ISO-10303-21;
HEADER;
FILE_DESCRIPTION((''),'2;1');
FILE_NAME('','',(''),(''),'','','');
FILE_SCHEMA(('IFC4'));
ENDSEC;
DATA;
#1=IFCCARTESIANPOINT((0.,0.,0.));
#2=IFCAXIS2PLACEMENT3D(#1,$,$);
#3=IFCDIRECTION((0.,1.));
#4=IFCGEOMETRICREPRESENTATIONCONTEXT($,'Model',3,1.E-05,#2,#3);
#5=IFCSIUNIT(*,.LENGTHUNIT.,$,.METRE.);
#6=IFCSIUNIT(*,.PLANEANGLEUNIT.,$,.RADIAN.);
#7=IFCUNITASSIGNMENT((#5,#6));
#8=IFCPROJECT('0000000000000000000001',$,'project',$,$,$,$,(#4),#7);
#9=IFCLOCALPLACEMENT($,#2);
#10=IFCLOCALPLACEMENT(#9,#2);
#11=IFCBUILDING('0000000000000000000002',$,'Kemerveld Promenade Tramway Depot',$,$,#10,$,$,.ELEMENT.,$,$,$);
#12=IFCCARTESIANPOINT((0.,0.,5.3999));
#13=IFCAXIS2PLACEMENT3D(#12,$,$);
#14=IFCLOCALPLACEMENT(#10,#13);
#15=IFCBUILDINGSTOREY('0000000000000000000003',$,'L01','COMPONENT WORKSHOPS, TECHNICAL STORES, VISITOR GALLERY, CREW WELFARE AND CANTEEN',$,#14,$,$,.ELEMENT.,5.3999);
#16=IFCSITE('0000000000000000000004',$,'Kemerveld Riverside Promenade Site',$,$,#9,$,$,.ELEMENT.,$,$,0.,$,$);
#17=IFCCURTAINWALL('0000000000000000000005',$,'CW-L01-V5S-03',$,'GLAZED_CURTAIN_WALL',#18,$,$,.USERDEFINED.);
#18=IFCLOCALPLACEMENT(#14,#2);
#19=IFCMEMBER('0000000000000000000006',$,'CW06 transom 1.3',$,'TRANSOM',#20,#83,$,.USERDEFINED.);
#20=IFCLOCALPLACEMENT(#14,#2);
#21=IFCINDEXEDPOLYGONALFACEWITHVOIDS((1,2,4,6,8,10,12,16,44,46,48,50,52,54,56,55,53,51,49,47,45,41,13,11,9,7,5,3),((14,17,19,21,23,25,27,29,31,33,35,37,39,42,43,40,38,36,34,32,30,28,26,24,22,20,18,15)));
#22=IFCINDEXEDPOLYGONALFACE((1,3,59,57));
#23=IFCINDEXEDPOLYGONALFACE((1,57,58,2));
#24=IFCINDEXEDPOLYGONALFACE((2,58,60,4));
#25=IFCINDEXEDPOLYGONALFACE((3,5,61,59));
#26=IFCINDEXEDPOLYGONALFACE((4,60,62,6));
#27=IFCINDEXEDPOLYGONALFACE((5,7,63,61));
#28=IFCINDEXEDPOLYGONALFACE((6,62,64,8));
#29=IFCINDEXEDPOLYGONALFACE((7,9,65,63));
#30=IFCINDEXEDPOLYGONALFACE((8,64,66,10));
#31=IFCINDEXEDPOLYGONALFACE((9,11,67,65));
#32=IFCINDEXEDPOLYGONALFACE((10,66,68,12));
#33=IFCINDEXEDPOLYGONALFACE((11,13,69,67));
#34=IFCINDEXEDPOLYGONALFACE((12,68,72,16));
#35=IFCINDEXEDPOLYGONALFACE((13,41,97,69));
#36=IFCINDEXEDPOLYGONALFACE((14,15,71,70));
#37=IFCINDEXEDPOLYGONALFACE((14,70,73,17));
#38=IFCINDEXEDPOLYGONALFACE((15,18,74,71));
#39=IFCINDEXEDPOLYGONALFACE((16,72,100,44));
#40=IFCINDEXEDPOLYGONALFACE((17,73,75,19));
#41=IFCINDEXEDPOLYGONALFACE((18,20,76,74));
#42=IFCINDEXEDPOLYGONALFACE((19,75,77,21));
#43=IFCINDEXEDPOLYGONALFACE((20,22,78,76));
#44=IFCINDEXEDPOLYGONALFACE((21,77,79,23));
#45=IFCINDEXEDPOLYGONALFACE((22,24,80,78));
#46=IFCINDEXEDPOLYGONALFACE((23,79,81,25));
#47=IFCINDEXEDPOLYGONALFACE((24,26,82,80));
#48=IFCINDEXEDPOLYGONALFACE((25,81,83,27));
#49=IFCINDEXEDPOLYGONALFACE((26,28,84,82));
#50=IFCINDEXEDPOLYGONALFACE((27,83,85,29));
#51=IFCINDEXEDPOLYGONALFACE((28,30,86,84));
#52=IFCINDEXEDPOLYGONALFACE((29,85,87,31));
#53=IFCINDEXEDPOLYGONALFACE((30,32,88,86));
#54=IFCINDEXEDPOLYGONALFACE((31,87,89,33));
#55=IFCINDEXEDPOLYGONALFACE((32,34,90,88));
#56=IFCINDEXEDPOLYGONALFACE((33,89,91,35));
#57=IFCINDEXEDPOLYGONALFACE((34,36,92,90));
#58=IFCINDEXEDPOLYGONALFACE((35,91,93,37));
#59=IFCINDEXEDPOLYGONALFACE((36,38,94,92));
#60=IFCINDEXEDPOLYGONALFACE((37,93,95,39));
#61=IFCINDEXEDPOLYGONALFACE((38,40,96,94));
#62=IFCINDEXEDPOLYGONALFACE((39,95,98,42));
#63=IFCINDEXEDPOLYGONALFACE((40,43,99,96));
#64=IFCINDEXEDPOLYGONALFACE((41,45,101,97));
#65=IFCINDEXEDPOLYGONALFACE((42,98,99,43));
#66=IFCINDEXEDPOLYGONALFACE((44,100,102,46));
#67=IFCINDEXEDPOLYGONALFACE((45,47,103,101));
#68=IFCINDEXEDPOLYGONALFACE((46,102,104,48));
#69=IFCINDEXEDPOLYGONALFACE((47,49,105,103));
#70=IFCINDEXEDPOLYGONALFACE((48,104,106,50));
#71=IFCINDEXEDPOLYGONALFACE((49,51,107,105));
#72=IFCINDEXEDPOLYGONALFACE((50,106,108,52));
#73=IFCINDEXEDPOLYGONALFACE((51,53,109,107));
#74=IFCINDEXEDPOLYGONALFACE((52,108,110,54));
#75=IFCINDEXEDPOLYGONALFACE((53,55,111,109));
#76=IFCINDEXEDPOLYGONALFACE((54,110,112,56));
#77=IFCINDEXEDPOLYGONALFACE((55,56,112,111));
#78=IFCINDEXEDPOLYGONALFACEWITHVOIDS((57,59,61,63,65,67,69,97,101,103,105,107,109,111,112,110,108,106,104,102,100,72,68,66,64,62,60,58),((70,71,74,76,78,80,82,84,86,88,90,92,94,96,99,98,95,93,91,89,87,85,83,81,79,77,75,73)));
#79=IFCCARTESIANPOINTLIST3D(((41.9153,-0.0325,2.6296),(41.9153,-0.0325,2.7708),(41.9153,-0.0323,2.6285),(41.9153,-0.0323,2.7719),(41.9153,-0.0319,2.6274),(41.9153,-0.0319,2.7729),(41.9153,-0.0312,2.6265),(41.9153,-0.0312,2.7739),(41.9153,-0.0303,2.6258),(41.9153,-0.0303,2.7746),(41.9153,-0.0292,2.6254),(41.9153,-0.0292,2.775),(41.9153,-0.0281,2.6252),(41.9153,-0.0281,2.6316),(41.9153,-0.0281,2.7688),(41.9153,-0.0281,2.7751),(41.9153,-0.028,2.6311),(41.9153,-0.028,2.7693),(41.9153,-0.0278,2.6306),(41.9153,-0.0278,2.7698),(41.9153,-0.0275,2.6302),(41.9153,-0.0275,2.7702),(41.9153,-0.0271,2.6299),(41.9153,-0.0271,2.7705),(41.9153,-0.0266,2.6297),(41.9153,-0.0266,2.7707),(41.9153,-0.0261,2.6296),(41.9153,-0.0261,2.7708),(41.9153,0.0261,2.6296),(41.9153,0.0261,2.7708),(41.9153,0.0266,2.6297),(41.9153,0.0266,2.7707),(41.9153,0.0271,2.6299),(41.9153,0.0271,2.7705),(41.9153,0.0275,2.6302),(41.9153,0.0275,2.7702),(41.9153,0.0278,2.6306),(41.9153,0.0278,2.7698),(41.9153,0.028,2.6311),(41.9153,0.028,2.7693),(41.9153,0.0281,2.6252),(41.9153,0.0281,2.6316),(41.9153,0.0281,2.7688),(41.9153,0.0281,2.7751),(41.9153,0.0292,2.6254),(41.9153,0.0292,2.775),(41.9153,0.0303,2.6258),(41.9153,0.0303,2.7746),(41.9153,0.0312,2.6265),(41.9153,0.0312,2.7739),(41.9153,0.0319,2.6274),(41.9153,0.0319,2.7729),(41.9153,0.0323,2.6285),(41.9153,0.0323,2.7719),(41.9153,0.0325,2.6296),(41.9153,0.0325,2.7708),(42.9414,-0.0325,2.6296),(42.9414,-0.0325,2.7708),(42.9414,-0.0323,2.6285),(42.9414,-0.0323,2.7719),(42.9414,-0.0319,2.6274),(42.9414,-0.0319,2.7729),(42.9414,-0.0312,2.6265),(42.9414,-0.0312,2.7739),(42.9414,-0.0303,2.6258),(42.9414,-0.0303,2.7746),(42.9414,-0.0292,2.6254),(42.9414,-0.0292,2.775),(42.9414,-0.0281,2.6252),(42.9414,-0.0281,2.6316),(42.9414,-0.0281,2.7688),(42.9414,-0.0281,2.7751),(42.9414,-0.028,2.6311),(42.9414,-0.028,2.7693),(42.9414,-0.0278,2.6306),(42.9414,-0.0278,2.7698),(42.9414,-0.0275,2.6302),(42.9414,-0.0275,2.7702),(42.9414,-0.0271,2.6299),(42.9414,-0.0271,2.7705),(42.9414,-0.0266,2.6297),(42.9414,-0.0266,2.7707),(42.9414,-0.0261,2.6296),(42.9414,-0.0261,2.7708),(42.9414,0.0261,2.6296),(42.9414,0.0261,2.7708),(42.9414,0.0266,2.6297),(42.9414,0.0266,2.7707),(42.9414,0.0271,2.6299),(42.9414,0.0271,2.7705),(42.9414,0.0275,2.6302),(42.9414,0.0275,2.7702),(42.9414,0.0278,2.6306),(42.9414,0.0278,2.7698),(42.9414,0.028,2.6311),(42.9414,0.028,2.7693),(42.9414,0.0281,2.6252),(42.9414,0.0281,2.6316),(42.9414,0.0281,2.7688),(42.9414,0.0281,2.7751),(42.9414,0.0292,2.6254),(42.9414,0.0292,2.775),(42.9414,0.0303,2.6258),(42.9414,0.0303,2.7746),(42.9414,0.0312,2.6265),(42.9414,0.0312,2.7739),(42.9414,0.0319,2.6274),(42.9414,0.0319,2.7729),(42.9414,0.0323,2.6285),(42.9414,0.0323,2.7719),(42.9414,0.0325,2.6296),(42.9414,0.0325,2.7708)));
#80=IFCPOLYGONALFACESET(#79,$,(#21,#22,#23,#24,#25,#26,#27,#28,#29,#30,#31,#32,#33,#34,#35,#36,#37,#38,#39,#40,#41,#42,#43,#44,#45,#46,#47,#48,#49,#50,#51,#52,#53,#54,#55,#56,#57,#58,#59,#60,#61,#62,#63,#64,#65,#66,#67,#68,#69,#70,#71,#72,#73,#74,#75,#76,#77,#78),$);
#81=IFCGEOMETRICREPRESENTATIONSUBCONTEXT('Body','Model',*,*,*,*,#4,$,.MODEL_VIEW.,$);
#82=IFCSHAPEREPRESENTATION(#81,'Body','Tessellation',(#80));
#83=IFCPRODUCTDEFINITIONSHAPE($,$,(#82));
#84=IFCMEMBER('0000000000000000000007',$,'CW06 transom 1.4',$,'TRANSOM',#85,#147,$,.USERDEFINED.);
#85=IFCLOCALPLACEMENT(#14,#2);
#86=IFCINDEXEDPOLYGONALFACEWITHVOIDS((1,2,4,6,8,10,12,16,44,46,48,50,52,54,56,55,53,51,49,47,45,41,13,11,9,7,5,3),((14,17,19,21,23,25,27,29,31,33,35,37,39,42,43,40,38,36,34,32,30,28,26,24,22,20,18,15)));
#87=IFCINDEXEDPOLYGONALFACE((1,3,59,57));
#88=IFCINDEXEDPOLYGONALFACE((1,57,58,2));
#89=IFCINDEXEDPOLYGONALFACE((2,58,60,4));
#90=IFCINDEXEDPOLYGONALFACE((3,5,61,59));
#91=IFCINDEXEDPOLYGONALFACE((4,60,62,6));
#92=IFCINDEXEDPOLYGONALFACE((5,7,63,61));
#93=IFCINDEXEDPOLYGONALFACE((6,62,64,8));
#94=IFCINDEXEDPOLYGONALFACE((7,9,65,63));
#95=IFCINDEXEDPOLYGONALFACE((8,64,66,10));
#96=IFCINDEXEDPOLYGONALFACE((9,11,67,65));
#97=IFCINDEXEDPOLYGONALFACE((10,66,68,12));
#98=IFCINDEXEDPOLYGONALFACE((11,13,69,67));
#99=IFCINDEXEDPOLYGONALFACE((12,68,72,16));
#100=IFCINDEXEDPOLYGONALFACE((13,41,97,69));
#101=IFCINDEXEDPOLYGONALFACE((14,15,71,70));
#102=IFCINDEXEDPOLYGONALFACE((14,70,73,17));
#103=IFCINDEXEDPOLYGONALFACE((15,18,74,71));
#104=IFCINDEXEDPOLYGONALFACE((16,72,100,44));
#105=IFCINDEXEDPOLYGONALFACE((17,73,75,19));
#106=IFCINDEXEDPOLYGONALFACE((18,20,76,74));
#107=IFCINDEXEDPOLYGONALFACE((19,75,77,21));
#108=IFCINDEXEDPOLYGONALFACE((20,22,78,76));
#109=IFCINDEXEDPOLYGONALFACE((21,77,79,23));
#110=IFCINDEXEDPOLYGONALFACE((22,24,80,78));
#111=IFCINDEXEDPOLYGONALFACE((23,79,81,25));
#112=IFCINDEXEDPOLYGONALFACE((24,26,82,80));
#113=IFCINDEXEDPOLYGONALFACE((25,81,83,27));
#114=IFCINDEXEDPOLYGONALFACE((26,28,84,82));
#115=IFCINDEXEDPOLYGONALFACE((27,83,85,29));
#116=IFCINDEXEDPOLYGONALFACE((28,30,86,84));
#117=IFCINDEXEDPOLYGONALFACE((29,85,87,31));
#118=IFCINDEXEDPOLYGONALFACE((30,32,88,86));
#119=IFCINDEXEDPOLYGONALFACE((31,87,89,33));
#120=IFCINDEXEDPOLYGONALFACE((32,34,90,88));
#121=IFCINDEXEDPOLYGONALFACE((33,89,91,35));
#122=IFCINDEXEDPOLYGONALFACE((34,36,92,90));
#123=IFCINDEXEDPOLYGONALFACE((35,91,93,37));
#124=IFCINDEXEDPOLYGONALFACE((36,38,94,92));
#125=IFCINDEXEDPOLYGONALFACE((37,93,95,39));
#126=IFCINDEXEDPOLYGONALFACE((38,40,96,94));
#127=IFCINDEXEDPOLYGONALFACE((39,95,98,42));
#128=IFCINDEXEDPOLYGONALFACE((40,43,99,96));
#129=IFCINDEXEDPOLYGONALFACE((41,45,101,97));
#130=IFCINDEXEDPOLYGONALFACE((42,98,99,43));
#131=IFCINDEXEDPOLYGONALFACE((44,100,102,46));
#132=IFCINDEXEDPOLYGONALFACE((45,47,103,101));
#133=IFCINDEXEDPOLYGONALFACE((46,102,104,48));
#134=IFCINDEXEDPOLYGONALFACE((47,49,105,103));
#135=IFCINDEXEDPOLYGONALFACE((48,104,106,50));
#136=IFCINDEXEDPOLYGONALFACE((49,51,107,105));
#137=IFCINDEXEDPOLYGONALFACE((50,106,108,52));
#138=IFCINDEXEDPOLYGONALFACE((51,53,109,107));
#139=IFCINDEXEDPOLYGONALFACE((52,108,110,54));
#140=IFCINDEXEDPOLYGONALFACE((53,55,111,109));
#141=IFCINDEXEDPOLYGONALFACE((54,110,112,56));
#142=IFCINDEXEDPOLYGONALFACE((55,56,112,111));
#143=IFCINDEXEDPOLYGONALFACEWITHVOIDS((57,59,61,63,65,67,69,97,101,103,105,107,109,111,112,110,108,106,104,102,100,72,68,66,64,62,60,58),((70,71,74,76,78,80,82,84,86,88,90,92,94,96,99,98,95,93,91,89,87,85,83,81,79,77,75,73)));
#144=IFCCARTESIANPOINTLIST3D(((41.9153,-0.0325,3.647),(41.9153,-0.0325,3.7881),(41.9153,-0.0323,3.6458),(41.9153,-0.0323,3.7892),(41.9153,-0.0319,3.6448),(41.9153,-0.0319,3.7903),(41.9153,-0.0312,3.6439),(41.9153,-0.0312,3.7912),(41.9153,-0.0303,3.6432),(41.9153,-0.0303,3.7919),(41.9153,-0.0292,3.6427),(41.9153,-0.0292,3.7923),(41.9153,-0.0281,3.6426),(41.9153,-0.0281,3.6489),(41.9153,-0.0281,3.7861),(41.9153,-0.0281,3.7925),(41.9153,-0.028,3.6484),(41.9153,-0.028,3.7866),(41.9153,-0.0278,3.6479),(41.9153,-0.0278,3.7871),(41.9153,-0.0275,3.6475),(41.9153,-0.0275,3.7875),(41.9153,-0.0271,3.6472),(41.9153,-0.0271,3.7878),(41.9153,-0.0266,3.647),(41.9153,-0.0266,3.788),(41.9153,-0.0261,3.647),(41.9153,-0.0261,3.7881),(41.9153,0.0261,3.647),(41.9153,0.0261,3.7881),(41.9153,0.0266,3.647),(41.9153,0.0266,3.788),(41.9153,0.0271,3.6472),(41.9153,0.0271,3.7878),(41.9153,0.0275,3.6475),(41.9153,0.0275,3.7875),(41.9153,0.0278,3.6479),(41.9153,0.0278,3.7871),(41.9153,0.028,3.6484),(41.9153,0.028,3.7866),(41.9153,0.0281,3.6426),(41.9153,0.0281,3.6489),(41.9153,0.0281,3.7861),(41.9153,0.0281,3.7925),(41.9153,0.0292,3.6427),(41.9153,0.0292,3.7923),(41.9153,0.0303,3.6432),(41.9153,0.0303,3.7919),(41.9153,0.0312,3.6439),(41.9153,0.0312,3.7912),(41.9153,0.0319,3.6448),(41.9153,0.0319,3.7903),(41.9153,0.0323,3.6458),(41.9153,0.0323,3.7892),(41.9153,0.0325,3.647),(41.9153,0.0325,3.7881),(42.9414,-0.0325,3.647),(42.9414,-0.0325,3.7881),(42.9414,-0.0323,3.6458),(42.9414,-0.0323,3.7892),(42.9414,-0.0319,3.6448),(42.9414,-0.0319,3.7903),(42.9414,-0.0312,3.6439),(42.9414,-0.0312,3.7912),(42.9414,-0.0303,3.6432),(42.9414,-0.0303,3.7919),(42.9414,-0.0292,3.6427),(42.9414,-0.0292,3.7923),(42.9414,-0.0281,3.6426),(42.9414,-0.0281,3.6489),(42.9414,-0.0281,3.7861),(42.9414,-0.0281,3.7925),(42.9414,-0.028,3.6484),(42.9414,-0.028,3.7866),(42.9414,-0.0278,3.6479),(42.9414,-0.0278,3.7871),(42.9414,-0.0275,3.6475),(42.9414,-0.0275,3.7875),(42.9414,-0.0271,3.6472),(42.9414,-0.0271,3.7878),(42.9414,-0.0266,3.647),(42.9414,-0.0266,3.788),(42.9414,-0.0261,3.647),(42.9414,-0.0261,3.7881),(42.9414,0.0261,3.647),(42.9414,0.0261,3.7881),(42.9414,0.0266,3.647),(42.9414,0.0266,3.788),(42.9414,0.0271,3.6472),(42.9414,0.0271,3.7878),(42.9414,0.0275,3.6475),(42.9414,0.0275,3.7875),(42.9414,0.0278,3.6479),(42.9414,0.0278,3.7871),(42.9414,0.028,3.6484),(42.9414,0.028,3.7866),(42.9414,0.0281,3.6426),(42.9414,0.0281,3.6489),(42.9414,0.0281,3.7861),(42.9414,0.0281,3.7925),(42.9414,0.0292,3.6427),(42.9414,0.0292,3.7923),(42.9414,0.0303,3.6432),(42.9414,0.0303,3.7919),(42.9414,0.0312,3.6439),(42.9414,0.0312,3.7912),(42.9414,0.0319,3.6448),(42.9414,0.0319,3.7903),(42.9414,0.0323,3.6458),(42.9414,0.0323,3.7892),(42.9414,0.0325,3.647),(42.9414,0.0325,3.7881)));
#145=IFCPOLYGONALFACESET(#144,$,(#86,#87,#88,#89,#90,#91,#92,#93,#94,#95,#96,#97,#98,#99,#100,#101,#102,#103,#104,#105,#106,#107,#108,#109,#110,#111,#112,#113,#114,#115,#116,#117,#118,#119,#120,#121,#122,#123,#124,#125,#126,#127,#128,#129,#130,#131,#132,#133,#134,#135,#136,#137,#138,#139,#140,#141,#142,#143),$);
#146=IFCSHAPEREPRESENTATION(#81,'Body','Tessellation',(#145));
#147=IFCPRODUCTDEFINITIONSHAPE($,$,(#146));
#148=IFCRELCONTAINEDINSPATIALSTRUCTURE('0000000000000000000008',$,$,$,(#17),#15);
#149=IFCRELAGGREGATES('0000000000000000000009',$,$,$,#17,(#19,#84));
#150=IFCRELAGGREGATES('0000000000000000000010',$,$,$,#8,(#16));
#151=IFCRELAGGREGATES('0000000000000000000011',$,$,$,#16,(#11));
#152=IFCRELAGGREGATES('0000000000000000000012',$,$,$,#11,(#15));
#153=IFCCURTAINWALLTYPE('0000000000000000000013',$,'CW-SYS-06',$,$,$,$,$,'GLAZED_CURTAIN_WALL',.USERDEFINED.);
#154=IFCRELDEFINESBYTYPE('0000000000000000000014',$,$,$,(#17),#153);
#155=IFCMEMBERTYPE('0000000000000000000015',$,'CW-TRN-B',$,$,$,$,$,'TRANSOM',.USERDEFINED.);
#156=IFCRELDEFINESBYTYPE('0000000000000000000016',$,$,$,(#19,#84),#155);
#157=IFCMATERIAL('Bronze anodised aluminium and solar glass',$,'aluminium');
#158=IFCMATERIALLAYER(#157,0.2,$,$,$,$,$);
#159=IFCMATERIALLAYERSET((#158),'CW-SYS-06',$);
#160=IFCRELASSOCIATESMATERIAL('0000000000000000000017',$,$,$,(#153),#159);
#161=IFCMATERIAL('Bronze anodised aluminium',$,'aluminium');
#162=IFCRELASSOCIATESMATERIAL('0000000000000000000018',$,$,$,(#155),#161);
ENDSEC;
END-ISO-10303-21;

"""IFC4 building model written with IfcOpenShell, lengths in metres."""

from ifc_helpers import new_model, si_unit, direction, frame, origin, origin_2d, place, context, subcontext, project, spatial, hollow_rectangle, extrude, material, layer, layer_set, material_profile, profile_set, type_object, element, aggregate, save


model = new_model("IFC4")

# Units and contexts
model_context = context("Model", 3, precision=1e-05, world=origin(), true_north=direction((0.0, 1.0)))
body_context = subcontext(model_context, "Body", "Model", "MODEL_VIEW")
ifc_project = project(units=[si_unit("LENGTHUNIT", "METRE"), si_unit("PLANEANGLEUNIT", "RADIAN")], contexts=[model_context])

# Site, building, storey
site_placement = place(None, origin())
site = spatial("IfcSite", under=ifc_project, at=site_placement, Name="Kemerveld Riverside Promenade Site", CompositionType="ELEMENT", RefElevation=0.0)
building_placement = place(site_placement, origin())
building = spatial("IfcBuilding", under=site, at=building_placement, Name="Kemerveld Promenade Tramway Depot", CompositionType="ELEMENT")
storey_placement = place(building_placement, frame((0.0, 0.0, 5.3999)))
storey = spatial("IfcBuildingStorey", under=building, at=storey_placement, Name="L01", Description="COMPONENT WORKSHOPS, TECHNICAL STORES, VISITOR GALLERY, CREW WELFARE AND CANTEEN", CompositionType="ELEMENT", Elevation=5.3999)

# Curtain wall, members
ifc_material_1 = material(Name="Bronze anodised aluminium and solar glass", Category="aluminium")
ifc_layer_1 = layer(ifc_material_1, 0.2)
ifc_layer_set_1 = layer_set([ifc_layer_1], Name="CW-SYS-06")
curtain_wall_type = type_object("IfcCurtainWallType", Name="CW-SYS-06", ElementType="GLAZED_CURTAIN_WALL", PredefinedType="USERDEFINED", material=ifc_layer_set_1)
curtain_wall_placement = place(storey_placement, origin())
curtain_wall = element("IfcCurtainWall", 1, at=curtain_wall_placement, inside=storey, type_object=curtain_wall_type, Name="CW-L01-V5S-03", ObjectType="GLAZED_CURTAIN_WALL", PredefinedType="USERDEFINED")
ifc_material_2 = material(Name="Bronze anodised aluminium", Category="aluminium")
ifc_material_profile_1 = material_profile(ifc_material_2, hollow_rectangle(XDim=0.0649, YDim=0.1499, WallThickness=0.0044, InnerFilletRadius=0.002, OuterFilletRadius=0.0044, at=origin_2d()), Name="CW-TRN-150x65")
ifc_profile_set_1 = profile_set([ifc_material_profile_1], Name="Bronze anodised aluminium")
member_type_1 = type_object("IfcMemberType", Name="CW-TRN-B", ElementType="TRANSOM", PredefinedType="USERDEFINED", material=ifc_profile_set_1)
member_1_placement = place(storey_placement, frame((42.9414, 0.0, 2.7002), z_axis=(-1.0, 0.0, 0.0), x_axis=(0.0, -1.0, 0.0)))
member_1 = element("IfcMember", 2, at=member_1_placement, type_object=member_type_1, Name="CW06 transom 1.3", ObjectType="TRANSOM", PredefinedType="USERDEFINED", context=body_context, shape_type="SweptSolid", body=[
    extrude(hollow_rectangle(XDim=0.0649, YDim=0.1499, WallThickness=0.0044, InnerFilletRadius=0.002, OuterFilletRadius=0.0044, at=origin_2d()), origin(), (0.0, 0.0, 1.0), 1.0261),
])
member_2_placement = place(storey_placement, frame((42.9414, 0.0, 3.7175), z_axis=(-1.0, 0.0, 0.0), x_axis=(0.0, -1.0, 0.0)))
member_2 = element("IfcMember", 3, at=member_2_placement, type_object=member_type_1, Name="CW06 transom 1.4", ObjectType="TRANSOM", PredefinedType="USERDEFINED", context=body_context, shape_type="SweptSolid", body=[
    extrude(hollow_rectangle(XDim=0.0649, YDim=0.1499, WallThickness=0.0044, InnerFilletRadius=0.002, OuterFilletRadius=0.0044, at=origin_2d()), origin(), (0.0, 0.0, 1.0), 1.0261),
])
aggregate(curtain_wall, [member_1, member_2])

save(model, "model.ifc")
